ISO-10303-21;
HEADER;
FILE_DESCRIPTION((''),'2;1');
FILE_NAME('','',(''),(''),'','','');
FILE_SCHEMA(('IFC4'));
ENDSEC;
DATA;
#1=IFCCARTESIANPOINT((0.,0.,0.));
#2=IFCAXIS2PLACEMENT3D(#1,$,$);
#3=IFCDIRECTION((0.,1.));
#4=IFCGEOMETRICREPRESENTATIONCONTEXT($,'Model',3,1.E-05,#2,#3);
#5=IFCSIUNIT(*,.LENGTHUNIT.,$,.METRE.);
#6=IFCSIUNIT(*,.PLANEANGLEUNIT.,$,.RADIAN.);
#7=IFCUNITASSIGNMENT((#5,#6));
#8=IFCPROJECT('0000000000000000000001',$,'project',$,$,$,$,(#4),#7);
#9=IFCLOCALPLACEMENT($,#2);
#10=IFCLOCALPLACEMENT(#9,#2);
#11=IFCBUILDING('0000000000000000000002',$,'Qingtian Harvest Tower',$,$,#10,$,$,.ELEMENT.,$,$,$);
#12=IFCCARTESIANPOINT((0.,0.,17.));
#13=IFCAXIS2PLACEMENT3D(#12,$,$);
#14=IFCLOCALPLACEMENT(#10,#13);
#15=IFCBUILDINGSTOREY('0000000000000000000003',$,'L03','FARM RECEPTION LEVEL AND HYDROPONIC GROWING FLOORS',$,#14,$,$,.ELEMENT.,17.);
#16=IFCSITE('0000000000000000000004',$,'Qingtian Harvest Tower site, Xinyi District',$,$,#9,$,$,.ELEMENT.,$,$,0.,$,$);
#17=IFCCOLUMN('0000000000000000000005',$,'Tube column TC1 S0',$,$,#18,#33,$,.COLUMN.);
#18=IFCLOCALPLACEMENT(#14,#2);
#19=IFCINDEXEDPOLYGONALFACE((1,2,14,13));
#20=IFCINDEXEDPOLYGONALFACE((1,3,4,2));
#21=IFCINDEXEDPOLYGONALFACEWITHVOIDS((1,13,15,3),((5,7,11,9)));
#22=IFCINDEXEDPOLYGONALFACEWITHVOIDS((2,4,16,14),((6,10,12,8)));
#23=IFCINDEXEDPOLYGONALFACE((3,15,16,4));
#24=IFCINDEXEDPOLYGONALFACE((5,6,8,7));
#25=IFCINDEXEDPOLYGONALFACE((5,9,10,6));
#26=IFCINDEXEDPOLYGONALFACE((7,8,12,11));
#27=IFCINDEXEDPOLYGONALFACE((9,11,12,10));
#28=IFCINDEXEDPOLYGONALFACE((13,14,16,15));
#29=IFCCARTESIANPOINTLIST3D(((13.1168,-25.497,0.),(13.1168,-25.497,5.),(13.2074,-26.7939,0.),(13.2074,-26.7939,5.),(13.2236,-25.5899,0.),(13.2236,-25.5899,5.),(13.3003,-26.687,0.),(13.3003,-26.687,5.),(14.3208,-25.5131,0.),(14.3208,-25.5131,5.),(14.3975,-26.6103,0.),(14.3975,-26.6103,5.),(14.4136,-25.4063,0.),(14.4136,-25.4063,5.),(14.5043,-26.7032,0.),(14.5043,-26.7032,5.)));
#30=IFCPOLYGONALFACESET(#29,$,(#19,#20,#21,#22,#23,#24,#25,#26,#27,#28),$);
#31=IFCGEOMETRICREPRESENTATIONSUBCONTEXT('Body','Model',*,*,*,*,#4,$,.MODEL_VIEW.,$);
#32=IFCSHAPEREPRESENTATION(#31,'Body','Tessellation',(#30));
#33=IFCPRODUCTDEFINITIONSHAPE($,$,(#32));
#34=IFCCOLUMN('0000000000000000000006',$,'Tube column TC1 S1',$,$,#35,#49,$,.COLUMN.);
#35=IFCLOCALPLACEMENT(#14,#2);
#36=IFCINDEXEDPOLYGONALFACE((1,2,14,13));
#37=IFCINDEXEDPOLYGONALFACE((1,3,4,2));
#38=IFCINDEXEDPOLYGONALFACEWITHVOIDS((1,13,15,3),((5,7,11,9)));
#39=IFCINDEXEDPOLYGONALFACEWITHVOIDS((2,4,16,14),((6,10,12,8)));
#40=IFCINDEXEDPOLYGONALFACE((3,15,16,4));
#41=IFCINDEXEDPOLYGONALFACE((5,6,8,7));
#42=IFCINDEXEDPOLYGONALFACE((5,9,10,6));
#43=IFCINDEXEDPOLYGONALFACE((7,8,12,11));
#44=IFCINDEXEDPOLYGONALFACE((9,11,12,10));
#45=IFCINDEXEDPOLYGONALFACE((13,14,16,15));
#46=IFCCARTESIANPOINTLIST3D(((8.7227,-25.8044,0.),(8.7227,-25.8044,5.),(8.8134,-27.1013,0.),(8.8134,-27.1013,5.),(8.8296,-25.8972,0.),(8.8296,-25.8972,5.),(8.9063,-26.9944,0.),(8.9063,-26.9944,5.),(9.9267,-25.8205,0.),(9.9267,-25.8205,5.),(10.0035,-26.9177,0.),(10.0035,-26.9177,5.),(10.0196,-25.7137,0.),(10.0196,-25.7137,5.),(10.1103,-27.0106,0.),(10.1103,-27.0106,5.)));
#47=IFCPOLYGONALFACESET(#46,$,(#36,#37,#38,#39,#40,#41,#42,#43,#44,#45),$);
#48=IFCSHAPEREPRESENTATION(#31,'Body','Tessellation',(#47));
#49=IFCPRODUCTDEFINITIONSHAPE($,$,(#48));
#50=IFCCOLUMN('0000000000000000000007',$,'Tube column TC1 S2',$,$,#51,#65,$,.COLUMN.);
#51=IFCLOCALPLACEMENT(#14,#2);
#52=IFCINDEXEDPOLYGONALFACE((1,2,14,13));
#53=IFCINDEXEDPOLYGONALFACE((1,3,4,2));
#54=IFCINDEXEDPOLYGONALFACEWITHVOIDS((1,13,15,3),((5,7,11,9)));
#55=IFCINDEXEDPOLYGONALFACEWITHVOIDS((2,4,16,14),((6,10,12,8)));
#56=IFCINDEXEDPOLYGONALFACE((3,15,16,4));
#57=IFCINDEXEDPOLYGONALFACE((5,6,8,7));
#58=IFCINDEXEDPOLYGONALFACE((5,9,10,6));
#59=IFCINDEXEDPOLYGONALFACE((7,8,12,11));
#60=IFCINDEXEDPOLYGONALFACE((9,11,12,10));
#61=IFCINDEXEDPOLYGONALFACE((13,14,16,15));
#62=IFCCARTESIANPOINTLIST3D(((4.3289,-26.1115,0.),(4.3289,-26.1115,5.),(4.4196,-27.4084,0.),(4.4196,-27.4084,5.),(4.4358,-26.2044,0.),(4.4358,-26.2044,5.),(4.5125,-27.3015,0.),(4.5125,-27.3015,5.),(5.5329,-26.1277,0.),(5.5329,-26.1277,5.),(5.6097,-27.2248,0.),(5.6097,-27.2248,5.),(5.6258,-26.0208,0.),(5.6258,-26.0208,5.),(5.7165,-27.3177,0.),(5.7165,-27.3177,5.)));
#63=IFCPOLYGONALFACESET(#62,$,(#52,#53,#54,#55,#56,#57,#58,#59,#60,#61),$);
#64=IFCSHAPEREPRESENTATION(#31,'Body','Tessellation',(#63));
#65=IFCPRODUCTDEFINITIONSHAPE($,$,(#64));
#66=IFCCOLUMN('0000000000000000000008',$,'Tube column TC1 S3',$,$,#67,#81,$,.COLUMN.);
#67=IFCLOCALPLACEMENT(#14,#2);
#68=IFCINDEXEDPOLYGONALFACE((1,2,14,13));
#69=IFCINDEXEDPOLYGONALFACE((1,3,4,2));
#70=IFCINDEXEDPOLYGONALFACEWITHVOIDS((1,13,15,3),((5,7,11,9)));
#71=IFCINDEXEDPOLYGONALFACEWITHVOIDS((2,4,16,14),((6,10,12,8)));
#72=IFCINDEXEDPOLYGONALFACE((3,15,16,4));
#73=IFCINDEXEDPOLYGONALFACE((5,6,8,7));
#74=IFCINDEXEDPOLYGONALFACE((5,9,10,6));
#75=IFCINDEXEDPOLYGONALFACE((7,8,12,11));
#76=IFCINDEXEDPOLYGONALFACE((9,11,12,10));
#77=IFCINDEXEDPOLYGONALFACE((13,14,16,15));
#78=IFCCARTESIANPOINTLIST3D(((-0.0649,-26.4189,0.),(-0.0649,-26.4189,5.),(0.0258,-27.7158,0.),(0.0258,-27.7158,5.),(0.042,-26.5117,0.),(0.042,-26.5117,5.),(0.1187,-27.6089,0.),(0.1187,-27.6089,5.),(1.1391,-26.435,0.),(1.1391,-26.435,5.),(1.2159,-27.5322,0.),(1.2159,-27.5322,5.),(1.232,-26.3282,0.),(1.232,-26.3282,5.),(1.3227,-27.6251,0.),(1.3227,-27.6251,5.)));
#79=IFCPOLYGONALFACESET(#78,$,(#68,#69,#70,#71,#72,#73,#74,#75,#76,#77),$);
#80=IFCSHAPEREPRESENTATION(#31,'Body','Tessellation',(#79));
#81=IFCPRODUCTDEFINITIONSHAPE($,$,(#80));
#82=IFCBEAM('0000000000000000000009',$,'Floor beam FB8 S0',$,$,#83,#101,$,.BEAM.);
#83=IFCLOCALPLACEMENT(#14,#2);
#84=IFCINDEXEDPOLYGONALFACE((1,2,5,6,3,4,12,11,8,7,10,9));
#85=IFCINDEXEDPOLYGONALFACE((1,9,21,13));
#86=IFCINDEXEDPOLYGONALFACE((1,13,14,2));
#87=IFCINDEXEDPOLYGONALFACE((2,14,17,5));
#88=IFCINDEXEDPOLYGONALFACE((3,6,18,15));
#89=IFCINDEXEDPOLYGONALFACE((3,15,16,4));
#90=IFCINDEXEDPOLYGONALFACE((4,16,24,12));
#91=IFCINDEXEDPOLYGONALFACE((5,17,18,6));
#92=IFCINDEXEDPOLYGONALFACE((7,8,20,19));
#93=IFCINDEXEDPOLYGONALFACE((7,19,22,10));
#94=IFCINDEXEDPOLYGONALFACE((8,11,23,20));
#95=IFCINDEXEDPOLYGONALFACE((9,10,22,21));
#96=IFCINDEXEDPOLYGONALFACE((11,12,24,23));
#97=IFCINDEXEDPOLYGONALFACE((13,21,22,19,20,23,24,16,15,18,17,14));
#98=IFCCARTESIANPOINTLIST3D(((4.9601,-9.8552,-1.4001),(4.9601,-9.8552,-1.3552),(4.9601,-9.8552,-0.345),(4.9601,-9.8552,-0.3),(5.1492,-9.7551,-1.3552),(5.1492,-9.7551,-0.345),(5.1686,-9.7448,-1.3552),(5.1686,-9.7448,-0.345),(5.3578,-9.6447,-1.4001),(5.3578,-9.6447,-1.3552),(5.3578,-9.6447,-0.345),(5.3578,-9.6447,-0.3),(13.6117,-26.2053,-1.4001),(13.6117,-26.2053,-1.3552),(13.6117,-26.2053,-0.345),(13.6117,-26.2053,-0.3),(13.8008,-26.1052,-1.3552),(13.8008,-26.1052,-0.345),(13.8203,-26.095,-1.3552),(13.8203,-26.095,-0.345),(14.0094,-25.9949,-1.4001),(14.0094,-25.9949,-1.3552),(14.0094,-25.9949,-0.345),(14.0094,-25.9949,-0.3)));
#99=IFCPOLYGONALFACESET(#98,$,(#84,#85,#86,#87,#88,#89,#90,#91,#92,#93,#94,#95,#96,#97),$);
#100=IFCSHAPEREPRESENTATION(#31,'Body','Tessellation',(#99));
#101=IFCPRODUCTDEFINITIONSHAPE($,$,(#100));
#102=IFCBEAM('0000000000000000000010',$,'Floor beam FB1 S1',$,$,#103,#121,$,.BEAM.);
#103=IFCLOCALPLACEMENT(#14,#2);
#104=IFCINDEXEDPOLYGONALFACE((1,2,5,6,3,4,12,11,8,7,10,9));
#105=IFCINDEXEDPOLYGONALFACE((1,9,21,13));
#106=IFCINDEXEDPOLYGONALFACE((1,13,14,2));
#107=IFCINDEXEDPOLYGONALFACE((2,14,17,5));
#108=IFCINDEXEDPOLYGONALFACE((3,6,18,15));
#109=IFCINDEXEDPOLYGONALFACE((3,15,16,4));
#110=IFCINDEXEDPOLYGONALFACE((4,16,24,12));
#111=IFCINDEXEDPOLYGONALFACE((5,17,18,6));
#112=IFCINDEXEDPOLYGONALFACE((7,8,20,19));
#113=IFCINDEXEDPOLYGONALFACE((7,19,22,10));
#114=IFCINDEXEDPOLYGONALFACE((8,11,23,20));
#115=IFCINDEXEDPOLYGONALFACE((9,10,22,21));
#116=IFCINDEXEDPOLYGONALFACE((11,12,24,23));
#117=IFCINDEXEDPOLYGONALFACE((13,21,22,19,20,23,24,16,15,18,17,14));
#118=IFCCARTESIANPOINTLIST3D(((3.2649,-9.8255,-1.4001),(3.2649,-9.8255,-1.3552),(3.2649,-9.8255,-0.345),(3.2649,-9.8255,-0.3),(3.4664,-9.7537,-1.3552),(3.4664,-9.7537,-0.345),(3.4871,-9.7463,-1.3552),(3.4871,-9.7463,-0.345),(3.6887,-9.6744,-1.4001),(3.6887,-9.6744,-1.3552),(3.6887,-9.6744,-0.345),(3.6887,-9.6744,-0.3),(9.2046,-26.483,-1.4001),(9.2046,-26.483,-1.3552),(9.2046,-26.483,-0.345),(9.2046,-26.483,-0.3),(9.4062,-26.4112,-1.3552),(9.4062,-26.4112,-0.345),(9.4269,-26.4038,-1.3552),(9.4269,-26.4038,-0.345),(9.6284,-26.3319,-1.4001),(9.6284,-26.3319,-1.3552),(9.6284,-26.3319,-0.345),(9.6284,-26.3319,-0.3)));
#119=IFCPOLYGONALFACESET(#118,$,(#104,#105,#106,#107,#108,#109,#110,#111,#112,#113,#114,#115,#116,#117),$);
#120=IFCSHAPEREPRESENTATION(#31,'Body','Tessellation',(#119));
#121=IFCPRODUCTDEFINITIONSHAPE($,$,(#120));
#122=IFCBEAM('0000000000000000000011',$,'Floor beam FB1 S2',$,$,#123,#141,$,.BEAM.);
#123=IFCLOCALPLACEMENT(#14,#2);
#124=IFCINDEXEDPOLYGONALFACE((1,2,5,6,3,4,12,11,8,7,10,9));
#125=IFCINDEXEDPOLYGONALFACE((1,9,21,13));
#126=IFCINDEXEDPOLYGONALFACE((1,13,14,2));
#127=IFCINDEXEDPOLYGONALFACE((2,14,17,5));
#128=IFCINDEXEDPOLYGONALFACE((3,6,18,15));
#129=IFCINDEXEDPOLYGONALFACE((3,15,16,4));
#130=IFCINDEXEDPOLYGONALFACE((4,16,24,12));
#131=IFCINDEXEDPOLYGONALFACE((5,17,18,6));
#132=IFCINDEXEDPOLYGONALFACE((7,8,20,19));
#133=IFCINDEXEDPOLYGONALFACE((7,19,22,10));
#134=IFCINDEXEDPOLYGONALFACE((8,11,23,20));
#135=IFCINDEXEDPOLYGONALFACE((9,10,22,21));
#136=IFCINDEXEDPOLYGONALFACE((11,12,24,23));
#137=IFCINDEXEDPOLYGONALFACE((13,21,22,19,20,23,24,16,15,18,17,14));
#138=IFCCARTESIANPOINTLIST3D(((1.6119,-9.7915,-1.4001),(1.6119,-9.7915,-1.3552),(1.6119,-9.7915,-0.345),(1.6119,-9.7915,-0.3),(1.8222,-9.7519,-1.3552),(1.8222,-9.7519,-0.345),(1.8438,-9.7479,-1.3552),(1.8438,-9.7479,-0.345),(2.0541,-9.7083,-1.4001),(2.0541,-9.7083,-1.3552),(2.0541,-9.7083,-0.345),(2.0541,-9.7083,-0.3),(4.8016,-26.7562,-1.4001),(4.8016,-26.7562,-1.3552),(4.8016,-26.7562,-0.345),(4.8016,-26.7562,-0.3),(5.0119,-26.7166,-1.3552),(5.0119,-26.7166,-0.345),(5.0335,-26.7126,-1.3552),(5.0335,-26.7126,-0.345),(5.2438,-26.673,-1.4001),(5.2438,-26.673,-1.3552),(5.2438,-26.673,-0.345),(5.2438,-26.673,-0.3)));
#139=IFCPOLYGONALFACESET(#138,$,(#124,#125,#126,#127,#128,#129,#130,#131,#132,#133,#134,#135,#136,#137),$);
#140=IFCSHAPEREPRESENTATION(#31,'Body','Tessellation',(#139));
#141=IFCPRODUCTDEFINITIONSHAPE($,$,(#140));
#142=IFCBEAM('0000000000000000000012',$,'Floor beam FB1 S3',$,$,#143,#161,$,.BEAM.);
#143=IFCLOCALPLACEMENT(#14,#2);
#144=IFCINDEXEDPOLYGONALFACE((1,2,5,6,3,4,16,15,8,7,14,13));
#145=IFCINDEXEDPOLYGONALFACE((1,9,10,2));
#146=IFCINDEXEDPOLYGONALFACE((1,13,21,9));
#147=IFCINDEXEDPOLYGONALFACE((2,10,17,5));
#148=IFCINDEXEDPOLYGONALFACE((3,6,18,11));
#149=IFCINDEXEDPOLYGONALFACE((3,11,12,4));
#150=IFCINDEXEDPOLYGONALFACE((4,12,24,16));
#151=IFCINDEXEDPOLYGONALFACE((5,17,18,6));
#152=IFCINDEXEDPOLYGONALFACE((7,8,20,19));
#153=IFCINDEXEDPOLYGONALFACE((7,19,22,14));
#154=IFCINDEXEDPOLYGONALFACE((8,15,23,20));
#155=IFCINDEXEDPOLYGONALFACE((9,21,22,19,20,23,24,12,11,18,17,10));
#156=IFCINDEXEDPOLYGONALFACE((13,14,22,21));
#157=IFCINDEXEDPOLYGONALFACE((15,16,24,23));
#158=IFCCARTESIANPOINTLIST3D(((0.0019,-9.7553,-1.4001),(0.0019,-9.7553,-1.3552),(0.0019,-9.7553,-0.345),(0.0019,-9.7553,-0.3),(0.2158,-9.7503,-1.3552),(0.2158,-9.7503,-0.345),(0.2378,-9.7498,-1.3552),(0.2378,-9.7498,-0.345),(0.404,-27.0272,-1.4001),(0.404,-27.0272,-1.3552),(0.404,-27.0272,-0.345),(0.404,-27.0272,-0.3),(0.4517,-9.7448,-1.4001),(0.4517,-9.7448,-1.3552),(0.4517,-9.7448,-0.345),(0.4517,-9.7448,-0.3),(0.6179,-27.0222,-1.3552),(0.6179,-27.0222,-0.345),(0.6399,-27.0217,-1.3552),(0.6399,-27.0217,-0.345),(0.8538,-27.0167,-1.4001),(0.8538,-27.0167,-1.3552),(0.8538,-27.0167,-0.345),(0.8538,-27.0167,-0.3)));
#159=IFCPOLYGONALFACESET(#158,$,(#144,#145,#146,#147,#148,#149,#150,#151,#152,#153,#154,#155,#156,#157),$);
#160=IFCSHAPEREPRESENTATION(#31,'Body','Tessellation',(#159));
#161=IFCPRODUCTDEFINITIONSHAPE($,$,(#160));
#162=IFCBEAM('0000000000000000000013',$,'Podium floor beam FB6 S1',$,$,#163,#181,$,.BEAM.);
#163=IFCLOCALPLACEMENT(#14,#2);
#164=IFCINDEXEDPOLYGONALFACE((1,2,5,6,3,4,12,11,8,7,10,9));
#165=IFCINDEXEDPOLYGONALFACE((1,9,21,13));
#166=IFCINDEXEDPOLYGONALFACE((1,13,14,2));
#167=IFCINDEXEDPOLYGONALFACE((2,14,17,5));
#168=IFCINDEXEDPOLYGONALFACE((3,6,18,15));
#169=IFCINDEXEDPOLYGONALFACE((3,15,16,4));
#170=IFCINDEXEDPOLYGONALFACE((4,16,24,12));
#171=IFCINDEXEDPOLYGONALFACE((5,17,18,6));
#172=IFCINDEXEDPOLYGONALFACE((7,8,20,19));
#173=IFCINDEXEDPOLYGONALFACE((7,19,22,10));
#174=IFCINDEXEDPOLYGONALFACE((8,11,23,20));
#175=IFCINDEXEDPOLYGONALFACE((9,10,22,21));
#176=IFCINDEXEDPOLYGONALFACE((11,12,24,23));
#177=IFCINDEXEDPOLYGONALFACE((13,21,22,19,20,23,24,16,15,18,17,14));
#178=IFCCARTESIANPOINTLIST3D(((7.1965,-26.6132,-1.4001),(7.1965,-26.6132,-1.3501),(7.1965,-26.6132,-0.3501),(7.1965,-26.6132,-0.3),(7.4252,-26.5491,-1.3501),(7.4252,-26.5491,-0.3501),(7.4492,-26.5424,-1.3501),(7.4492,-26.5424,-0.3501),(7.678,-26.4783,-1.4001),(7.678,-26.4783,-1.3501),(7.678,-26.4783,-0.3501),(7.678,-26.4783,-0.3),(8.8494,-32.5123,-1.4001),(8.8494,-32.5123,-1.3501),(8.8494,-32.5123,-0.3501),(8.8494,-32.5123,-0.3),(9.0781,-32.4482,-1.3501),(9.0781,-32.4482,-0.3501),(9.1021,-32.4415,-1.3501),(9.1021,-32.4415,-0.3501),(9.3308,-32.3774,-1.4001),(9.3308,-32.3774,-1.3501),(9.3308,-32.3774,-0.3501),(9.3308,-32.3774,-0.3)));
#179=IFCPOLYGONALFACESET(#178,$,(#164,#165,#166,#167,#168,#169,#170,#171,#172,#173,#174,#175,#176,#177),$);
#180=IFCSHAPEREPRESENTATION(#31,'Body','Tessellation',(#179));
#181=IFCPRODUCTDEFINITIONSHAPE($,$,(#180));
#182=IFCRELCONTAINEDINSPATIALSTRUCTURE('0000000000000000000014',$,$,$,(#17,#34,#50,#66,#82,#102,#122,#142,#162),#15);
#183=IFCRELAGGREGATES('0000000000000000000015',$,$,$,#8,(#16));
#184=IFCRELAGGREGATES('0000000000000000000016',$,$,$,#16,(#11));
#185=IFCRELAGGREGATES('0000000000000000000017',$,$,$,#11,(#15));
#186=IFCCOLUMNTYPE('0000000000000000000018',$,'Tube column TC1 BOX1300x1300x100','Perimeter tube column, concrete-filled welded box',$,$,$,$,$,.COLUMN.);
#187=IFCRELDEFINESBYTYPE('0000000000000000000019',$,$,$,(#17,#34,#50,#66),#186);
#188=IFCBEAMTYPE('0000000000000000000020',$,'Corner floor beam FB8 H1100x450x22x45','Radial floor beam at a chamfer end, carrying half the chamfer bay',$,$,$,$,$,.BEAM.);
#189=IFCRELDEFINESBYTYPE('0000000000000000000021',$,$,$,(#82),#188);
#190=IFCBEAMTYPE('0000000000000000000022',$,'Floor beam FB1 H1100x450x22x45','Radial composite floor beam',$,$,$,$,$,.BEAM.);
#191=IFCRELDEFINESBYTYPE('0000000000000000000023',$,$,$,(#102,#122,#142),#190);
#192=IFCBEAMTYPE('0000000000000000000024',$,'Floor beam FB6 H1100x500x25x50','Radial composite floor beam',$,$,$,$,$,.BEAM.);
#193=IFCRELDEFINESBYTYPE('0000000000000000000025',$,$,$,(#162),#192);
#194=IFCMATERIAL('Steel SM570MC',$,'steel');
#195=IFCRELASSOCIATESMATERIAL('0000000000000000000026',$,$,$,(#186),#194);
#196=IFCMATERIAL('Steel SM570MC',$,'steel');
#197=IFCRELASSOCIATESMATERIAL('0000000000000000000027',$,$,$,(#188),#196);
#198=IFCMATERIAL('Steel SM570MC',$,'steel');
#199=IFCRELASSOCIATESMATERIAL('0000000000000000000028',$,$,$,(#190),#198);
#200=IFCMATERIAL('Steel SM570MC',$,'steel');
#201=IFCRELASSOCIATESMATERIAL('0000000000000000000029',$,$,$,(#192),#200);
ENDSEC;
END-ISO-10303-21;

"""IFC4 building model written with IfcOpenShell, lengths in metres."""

from ifc_helpers import new_model, si_unit, direction, frame, origin, origin_2d, place, context, subcontext, project, spatial, hollow_rectangle, i_section, extrude, material, material_profile, profile_set, type_object, element, save


model = new_model("IFC4")

# Units and contexts
model_context = context("Model", 3, precision=1e-05, world=origin(), true_north=direction((0.0, 1.0)))
body_context = subcontext(model_context, "Body", "Model", "MODEL_VIEW")
ifc_project = project(units=[si_unit("LENGTHUNIT", "METRE"), si_unit("PLANEANGLEUNIT", "RADIAN")], contexts=[model_context])

# Site, building, storey
site_placement = place(None, origin())
site = spatial("IfcSite", under=ifc_project, at=site_placement, Name="Qingtian Harvest Tower site, Xinyi District", CompositionType="ELEMENT", RefElevation=0.0)
building_placement = place(site_placement, origin())
building = spatial("IfcBuilding", under=site, at=building_placement, Name="Qingtian Harvest Tower", CompositionType="ELEMENT")
storey_placement = place(building_placement, frame((0.0, 0.0, 17.0)))
storey = spatial("IfcBuildingStorey", under=building, at=storey_placement, Name="L03", Description="FARM RECEPTION LEVEL AND HYDROPONIC GROWING FLOORS", CompositionType="ELEMENT", Elevation=17.0)

# Columns
ifc_material_1 = material(Name="Steel SM570MC", Category="steel")
ifc_material_profile_1 = material_profile(ifc_material_1, hollow_rectangle(XDim=1.3, YDim=1.3, WallThickness=0.1001, at=origin_2d()), Name="BOX1300x1300x100")
ifc_profile_set_1 = profile_set([ifc_material_profile_1], Name="Steel SM570MC")
column_type = type_object("IfcColumnType", Name="Tube column TC1 BOX1300x1300x100", Description="Perimeter tube column, concrete-filled welded box", PredefinedType="COLUMN", material=ifc_profile_set_1)
for number, where, z_axis, x_axis, name in (
    (1, (13.8105, -26.1001, 0.0), (0.0, 0.0, 1.0), (0.997564, 0.069756, 0.0), "Tube column TC1 S0"),
    (2, (9.4165, -26.4075, 0.0), (0.0, 0.0, 1.0), (0.997564, 0.069756, 0.0), "Tube column TC1 S1"),
    (3, (5.0227, -26.7146, 0.0), (0.0, 0.0, 1.0), (0.997564, 0.069756, 0.0), "Tube column TC1 S2"),
    (4, (0.6289, -27.022, 0.0), (0.0, 0.0, 1.0), (0.997564, 0.069756, 0.0), "Tube column TC1 S3"),
):
    element("IfcColumn", number, at=place(storey_placement, frame(where, z_axis=z_axis, x_axis=x_axis)), inside=storey, type_object=column_type, Name=name, PredefinedType="COLUMN", context=body_context, shape_type="SweptSolid", body=[
        extrude(hollow_rectangle(XDim=1.3, YDim=1.3, WallThickness=0.1001, at=origin_2d()), origin(), (0.0, 0.0, 1.0), 5.0),
    ])

# Beams
ifc_material_2 = material(Name="Steel SM570MC", Category="steel")
ifc_material_profile_2 = material_profile(ifc_material_2, i_section(OverallWidth=0.45, OverallDepth=1.1001, WebThickness=0.022, FlangeThickness=0.0449, at=origin_2d()), Name="H1100x450x22x45")
ifc_profile_set_2 = profile_set([ifc_material_profile_2], Name="Steel SM570MC")
beam_type_1 = type_object("IfcBeamType", Name="Corner floor beam FB8 H1100x450x22x45", Description="Radial floor beam at a chamfer end, carrying half the chamfer bay", PredefinedType="BEAM", material=ifc_profile_set_2)
beam_1_placement = place(storey_placement, frame((13.8105, -26.1001, -0.8501), z_axis=(-0.467705, 0.883885, 0.0), x_axis=(-0.883885, -0.467705, 0.0)))
element("IfcBeam", 5, at=beam_1_placement, inside=storey, type_object=beam_type_1, Name="Floor beam FB8 S0", PredefinedType="BEAM", context=body_context, shape_type="SweptSolid", body=[
    extrude(i_section(OverallWidth=0.45, OverallDepth=1.1001, WebThickness=0.022, FlangeThickness=0.0449, at=origin_2d()), origin(), (0.0, 0.0, 1.0), 18.498),
])
ifc_material_3 = material(Name="Steel SM570MC", Category="steel")
ifc_material_profile_3 = material_profile(ifc_material_3, i_section(OverallWidth=0.45, OverallDepth=1.1001, WebThickness=0.022, FlangeThickness=0.0449, at=origin_2d()), Name="H1100x450x22x45")
ifc_profile_set_3 = profile_set([ifc_material_profile_3], Name="Steel SM570MC")
beam_type_2 = type_object("IfcBeamType", Name="Floor beam FB1 H1100x450x22x45", Description="Radial composite floor beam", PredefinedType="BEAM", material=ifc_profile_set_3)
beam_2_placement = place(storey_placement, frame((9.4165, -26.4075, -0.8501), z_axis=(-0.335865, 0.94191, 0.0), x_axis=(-0.94191, -0.335865, 0.0)))
element("IfcBeam", 6, at=beam_2_placement, inside=storey, type_object=beam_type_2, Name="Floor beam FB1 S1", PredefinedType="BEAM", context=body_context, shape_type="SweptSolid", body=[
    extrude(i_section(OverallWidth=0.45, OverallDepth=1.1001, WebThickness=0.022, FlangeThickness=0.0449, at=origin_2d()), origin(), (0.0, 0.0, 1.0), 17.6848),
])
beam_3_placement = place(storey_placement, frame((5.0227, -26.7146, -0.8501), z_axis=(-0.184783, 0.982779, 0.0), x_axis=(-0.982779, -0.184783, 0.0)))
element("IfcBeam", 7, at=beam_3_placement, inside=storey, type_object=beam_type_2, Name="Floor beam FB1 S2", PredefinedType="BEAM", context=body_context, shape_type="SweptSolid", body=[
    extrude(i_section(OverallWidth=0.45, OverallDepth=1.1001, WebThickness=0.022, FlangeThickness=0.0449, at=origin_2d()), origin(), (0.0, 0.0, 1.0), 17.262),
])
beam_4_placement = place(storey_placement, frame((0.6289, -27.022, -0.8501), z_axis=(-0.023274, 0.999729, 0.0), x_axis=(-0.999729, -0.023274, 0.0)))
element("IfcBeam", 8, at=beam_4_placement, inside=storey, type_object=beam_type_2, Name="Floor beam FB1 S3", PredefinedType="BEAM", context=body_context, shape_type="SweptSolid", body=[
    extrude(i_section(OverallWidth=0.45, OverallDepth=1.1001, WebThickness=0.022, FlangeThickness=0.0449, at=origin_2d()), origin(), (0.0, 0.0, 1.0), 17.2766),
])
ifc_material_4 = material(Name="Steel SM570MC", Category="steel")
ifc_material_profile_4 = material_profile(ifc_material_4, i_section(OverallWidth=0.5, OverallDepth=1.1001, WebThickness=0.0249, FlangeThickness=0.05, at=origin_2d()), Name="H1100x500x25x50")
ifc_profile_set_4 = profile_set([ifc_material_profile_4], Name="Steel SM570MC")
beam_type_3 = type_object("IfcBeamType", Name="Floor beam FB6 H1100x500x25x50", Description="Radial composite floor beam", PredefinedType="BEAM", material=ifc_profile_set_4)
beam_5_placement = place(storey_placement, frame((9.0901, -32.4448, -0.8501), z_axis=(-0.269801, 0.962916, 0.0), x_axis=(-0.962916, -0.269801, 0.0)))
element("IfcBeam", 9, at=beam_5_placement, inside=storey, type_object=beam_type_3, Name="Podium floor beam FB6 S1", PredefinedType="BEAM", context=body_context, shape_type="SweptSolid", body=[
    extrude(i_section(OverallWidth=0.5, OverallDepth=1.1001, WebThickness=0.0249, FlangeThickness=0.05, at=origin_2d()), origin(), (0.0, 0.0, 1.0), 6.1262),
])

save(model, "model.ifc")
